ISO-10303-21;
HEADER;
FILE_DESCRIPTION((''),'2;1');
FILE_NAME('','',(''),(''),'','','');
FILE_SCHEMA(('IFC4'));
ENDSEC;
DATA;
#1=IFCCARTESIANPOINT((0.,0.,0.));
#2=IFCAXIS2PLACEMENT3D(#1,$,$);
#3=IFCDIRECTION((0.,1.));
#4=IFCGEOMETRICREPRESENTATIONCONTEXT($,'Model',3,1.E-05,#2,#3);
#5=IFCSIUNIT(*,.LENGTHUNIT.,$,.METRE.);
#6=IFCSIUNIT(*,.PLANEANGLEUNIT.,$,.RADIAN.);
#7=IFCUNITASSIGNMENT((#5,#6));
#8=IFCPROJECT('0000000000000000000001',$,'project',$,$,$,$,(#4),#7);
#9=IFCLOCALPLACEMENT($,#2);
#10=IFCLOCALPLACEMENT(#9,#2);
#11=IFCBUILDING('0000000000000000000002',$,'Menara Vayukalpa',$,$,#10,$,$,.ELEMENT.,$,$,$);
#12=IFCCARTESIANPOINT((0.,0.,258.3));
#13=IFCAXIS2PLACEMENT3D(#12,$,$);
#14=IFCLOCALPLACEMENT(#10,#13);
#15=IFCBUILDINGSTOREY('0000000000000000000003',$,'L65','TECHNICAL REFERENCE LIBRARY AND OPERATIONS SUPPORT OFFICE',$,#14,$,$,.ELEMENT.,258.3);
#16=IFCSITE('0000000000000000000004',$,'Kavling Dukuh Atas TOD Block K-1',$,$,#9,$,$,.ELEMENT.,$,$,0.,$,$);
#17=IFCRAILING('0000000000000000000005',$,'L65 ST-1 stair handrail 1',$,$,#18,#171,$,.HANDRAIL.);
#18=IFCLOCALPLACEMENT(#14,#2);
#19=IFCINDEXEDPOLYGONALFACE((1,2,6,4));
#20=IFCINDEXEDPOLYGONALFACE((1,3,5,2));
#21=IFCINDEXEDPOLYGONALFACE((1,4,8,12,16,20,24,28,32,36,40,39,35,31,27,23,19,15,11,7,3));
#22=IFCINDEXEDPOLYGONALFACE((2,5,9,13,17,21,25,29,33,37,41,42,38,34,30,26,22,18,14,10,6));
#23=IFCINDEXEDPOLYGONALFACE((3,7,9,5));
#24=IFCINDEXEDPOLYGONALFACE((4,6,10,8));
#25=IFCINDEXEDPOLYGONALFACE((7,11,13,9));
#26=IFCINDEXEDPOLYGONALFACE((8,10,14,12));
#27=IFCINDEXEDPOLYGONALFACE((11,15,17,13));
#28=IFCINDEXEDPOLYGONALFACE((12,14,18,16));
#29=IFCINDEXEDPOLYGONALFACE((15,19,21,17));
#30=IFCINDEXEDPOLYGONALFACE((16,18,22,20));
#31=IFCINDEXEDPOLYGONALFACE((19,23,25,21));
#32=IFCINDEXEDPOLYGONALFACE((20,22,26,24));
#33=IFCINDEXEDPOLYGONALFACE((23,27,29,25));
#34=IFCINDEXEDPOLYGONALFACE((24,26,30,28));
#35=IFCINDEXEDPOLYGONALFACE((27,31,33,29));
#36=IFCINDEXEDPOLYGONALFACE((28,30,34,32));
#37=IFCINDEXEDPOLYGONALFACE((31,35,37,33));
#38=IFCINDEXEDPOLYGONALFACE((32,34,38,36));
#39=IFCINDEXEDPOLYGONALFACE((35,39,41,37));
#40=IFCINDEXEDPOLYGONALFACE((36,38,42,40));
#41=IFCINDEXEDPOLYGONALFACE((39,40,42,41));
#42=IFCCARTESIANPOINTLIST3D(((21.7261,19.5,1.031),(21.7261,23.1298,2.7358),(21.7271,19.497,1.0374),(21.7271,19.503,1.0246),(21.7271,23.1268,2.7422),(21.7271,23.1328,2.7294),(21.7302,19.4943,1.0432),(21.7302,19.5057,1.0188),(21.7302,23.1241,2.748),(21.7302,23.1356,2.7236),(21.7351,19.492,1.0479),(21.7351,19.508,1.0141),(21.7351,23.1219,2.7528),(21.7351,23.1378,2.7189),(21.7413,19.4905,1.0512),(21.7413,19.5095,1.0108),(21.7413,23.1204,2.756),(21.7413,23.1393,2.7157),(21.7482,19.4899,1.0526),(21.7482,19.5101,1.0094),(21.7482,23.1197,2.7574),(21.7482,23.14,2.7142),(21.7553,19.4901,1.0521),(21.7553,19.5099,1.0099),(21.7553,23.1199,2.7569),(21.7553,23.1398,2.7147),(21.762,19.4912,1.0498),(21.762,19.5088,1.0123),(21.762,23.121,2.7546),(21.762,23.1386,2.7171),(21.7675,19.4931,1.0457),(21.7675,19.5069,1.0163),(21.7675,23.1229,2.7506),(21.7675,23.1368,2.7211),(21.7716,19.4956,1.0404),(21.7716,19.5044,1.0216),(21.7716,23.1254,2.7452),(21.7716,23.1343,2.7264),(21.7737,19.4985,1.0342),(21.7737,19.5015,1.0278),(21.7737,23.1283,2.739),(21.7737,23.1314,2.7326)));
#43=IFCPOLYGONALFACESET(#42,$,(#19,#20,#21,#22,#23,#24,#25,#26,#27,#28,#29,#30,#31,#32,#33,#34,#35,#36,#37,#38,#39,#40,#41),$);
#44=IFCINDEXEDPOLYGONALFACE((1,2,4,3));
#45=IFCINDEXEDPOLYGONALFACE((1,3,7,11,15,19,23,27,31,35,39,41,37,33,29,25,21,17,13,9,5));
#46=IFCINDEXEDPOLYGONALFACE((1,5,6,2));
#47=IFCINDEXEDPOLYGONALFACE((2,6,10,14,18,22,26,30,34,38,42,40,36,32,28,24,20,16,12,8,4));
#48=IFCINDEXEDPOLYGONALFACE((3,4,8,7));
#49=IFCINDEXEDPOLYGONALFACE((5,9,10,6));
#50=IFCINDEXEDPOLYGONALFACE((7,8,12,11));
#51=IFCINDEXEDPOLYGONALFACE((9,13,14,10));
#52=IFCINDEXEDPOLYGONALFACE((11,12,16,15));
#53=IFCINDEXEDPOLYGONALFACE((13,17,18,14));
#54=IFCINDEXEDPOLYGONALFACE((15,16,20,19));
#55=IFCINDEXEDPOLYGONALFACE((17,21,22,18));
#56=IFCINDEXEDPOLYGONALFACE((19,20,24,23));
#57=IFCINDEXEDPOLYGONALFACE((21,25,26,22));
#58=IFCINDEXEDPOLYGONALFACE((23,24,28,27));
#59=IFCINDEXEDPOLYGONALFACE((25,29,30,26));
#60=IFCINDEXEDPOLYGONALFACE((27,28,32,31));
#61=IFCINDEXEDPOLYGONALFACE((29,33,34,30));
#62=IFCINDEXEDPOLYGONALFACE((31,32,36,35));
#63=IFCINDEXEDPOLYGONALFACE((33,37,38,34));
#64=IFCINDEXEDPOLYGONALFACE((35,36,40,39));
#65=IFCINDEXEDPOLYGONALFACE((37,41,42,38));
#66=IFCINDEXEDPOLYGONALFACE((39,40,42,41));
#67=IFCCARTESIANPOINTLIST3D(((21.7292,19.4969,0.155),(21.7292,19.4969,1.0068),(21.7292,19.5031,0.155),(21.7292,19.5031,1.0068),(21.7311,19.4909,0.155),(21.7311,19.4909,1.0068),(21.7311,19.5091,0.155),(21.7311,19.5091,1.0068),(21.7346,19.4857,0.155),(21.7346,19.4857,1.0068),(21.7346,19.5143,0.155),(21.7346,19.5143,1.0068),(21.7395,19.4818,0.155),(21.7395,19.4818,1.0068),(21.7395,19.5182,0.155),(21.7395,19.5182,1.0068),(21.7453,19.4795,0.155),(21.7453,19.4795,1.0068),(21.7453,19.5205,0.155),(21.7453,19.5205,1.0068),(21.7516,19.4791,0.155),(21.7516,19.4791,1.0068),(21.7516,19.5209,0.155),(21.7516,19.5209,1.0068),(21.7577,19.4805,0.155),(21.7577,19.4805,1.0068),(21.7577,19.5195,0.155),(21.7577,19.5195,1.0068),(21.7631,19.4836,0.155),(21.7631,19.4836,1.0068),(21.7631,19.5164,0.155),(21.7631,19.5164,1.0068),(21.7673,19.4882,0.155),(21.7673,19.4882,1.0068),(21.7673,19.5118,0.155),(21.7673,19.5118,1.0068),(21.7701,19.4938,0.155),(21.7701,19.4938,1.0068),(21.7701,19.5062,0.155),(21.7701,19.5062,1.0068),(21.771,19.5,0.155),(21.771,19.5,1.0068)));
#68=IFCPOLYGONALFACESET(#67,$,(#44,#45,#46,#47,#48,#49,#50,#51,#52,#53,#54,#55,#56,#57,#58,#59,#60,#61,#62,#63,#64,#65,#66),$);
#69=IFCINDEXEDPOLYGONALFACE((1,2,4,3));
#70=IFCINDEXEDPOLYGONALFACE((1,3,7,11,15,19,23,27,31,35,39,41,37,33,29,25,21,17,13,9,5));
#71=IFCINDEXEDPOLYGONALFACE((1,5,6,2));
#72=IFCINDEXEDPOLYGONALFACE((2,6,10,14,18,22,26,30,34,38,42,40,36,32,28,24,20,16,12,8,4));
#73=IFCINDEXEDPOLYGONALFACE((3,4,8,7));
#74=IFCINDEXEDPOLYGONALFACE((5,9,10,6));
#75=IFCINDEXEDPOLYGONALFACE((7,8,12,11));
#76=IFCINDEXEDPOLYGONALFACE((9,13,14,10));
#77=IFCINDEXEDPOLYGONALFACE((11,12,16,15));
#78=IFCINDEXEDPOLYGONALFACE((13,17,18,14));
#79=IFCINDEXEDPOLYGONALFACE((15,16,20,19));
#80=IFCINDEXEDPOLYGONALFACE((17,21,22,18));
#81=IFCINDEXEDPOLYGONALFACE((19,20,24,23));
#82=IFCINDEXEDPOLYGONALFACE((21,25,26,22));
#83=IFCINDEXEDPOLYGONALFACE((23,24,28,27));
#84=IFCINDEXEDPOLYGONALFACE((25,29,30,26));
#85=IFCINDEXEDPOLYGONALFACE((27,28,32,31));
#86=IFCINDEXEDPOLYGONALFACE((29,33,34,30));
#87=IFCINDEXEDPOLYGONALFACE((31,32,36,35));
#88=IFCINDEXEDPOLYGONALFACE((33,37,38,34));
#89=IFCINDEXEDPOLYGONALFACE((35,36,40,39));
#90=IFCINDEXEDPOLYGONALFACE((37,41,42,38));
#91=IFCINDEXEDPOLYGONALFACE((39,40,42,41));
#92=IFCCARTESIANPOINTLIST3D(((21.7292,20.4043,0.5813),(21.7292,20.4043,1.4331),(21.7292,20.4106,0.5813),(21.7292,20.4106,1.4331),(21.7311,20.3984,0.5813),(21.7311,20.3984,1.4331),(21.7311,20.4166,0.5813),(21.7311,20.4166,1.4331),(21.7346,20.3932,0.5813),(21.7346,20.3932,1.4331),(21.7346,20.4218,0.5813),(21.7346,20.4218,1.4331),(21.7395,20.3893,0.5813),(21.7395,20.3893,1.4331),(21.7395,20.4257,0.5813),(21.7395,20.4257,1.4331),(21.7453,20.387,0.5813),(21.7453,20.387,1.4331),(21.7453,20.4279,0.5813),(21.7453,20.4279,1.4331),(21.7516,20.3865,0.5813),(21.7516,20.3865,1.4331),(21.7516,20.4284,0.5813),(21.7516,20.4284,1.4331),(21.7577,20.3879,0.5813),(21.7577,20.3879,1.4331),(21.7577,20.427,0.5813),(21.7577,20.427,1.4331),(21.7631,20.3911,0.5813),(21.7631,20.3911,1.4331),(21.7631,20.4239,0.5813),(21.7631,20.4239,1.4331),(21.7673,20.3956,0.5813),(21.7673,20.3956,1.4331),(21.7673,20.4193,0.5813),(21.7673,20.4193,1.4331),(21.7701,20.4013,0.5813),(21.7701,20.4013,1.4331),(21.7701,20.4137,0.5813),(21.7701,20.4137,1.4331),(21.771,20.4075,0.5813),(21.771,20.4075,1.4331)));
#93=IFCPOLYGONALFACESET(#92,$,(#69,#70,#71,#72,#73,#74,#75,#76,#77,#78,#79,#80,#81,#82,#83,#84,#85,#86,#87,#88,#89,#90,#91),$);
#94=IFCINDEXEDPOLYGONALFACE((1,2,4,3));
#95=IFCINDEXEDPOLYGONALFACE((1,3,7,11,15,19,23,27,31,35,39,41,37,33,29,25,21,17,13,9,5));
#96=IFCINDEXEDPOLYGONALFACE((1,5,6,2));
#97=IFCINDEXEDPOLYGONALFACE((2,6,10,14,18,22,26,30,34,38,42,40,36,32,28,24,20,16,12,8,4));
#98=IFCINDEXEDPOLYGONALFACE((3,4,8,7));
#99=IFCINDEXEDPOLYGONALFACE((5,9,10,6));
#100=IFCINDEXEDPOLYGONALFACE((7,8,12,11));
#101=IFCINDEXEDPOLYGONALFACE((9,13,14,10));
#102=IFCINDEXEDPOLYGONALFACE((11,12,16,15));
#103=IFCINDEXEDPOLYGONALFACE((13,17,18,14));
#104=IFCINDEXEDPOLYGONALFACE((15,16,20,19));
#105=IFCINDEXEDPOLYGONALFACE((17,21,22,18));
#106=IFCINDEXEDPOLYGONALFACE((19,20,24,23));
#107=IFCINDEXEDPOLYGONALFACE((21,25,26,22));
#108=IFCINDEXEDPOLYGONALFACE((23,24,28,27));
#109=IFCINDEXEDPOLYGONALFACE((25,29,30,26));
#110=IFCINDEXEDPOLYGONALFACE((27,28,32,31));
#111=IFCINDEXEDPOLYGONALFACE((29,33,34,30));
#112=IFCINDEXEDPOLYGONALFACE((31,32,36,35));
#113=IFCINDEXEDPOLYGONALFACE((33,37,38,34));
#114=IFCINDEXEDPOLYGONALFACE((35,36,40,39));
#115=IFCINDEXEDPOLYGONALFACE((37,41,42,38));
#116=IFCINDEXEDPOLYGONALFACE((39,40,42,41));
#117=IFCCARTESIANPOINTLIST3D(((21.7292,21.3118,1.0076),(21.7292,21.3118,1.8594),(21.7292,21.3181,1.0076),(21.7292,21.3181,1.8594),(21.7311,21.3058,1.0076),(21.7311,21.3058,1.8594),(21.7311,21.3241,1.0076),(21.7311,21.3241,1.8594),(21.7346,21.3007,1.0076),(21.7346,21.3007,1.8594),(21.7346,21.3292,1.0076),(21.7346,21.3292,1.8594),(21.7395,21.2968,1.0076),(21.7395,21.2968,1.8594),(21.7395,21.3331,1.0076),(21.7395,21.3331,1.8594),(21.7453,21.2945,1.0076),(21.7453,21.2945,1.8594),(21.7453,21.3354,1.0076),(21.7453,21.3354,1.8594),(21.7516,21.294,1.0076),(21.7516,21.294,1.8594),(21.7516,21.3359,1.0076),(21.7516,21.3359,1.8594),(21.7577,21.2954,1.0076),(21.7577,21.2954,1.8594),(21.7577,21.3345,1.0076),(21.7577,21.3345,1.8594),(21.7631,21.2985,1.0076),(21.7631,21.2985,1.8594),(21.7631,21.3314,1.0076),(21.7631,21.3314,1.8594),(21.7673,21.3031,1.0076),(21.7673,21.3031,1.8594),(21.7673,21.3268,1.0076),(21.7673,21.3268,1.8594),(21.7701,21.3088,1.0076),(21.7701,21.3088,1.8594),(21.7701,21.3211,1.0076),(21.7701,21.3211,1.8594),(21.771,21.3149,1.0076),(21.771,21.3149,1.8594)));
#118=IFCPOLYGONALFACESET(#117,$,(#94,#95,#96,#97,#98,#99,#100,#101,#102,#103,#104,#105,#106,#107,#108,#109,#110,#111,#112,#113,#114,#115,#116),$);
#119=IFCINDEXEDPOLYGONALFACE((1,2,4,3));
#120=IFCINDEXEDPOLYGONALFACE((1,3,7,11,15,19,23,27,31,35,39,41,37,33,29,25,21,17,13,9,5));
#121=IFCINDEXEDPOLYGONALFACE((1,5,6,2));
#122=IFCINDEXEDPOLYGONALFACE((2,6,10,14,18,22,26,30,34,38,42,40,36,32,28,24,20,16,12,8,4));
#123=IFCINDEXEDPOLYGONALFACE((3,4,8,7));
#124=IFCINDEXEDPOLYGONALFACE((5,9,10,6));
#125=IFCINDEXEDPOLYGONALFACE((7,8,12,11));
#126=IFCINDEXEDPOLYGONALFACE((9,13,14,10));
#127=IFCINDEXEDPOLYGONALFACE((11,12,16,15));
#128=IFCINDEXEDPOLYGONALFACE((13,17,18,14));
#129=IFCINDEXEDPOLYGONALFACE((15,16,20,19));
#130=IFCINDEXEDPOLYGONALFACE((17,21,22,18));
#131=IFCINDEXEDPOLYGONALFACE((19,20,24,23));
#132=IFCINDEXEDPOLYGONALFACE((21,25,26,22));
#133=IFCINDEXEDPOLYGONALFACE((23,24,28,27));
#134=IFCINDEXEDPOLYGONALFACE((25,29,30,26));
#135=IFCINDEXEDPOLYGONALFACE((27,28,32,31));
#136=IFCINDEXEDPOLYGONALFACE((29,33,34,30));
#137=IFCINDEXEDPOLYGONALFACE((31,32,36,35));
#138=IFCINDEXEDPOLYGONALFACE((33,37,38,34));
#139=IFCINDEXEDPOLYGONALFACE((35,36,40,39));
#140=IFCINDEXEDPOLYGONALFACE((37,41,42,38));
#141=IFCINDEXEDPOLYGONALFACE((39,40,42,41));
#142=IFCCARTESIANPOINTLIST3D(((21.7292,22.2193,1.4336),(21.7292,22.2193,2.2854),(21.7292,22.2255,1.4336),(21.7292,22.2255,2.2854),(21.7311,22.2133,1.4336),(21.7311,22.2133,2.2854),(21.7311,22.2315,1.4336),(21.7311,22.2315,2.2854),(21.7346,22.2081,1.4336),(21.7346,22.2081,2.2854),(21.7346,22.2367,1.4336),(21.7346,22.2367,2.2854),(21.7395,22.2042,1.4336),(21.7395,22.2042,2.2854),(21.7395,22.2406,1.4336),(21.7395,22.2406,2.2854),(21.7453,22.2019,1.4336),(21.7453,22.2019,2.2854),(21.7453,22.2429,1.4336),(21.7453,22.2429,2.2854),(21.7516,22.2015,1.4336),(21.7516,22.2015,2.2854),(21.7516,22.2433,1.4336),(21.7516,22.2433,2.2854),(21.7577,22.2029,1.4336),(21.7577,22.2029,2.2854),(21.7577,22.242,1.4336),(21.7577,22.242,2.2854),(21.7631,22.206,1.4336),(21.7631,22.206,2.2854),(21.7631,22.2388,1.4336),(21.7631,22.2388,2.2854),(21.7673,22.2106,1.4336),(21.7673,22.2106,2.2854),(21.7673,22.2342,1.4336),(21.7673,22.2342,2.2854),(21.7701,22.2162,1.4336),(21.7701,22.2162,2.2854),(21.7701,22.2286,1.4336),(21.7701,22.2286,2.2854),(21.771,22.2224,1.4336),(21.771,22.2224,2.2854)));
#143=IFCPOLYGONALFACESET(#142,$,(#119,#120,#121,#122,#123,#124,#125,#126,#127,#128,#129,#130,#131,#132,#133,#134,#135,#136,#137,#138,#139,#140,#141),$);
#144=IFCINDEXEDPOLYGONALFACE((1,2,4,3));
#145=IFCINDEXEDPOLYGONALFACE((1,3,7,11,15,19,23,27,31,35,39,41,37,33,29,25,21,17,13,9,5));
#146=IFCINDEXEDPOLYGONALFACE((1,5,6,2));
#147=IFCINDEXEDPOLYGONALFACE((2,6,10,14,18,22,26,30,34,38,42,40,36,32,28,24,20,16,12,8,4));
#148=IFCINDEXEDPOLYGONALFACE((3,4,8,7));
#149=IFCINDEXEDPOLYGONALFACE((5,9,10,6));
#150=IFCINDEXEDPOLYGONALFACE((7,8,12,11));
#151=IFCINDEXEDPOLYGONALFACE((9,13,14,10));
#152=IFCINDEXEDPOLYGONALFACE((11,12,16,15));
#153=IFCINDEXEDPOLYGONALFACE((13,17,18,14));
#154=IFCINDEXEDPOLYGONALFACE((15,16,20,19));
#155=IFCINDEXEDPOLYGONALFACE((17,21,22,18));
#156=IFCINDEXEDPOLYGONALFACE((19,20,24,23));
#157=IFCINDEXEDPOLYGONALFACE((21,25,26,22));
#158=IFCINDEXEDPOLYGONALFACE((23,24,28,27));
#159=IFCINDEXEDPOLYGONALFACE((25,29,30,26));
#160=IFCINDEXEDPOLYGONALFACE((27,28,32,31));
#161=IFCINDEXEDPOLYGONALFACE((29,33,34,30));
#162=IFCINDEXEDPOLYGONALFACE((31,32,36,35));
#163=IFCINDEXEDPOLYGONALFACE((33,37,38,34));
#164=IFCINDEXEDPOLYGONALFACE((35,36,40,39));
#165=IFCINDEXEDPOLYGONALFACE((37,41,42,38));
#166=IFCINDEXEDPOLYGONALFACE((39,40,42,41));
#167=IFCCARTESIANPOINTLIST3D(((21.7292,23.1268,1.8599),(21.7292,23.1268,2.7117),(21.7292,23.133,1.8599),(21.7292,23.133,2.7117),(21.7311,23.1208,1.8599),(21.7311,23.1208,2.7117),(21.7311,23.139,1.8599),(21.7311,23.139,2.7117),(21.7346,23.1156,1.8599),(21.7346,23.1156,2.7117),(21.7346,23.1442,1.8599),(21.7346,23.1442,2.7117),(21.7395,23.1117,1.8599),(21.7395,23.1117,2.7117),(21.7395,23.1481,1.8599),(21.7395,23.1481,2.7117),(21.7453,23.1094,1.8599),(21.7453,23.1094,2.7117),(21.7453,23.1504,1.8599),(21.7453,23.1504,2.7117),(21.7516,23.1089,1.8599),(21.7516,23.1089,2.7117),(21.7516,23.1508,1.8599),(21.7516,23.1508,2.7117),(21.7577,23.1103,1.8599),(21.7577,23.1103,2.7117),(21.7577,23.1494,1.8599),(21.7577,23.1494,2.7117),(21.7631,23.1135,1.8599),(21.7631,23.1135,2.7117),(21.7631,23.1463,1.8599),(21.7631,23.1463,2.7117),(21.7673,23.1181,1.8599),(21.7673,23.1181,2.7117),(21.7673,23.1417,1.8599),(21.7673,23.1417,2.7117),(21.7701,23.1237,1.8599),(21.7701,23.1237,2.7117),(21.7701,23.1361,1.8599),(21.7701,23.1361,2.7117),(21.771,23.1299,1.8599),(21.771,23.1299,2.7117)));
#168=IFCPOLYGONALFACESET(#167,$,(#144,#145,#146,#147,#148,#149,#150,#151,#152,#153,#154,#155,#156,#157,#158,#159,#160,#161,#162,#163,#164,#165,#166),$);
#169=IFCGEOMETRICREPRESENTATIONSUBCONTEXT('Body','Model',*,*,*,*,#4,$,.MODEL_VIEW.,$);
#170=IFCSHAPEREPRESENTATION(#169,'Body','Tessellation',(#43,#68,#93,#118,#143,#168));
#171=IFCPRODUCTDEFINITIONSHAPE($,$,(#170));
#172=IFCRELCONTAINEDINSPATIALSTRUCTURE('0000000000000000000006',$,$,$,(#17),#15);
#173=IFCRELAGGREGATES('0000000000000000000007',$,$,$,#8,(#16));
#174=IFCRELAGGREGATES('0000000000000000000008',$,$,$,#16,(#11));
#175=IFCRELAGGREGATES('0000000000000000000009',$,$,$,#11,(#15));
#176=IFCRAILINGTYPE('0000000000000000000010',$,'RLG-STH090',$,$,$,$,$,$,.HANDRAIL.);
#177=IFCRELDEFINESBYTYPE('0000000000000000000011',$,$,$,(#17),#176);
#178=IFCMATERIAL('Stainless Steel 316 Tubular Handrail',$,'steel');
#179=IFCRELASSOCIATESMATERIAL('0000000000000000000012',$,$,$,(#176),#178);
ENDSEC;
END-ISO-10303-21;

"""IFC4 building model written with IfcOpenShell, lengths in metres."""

from ifc_helpers import new_model, si_unit, direction, frame, origin, origin_2d, place, context, subcontext, project, spatial, circle, extrude, material, type_object, element, save


model = new_model("IFC4")

# Units and contexts
model_context = context("Model", 3, precision=1e-05, world=origin(), true_north=direction((0.0, 1.0)))
body_context = subcontext(model_context, "Body", "Model", "MODEL_VIEW")
ifc_project = project(units=[si_unit("LENGTHUNIT", "METRE"), si_unit("PLANEANGLEUNIT", "RADIAN")], contexts=[model_context])

# Site, building, storey
site_placement = place(None, origin())
site = spatial("IfcSite", under=ifc_project, at=site_placement, Name="Kavling Dukuh Atas TOD Block K-1", CompositionType="ELEMENT", RefElevation=0.0)
building_placement = place(site_placement, origin())
building = spatial("IfcBuilding", under=site, at=building_placement, Name="Menara Vayukalpa", CompositionType="ELEMENT")
storey_placement = place(building_placement, frame((0.0, 0.0, 258.3)))
storey = spatial("IfcBuildingStorey", under=building, at=storey_placement, Name="L65", Description="TECHNICAL REFERENCE LIBRARY AND OPERATIONS SUPPORT OFFICE", CompositionType="ELEMENT", Elevation=258.3)

# Railing
ifc_material_1 = material(Name="Stainless Steel 316 Tubular Handrail", Category="steel")
railing_type_1 = type_object("IfcRailingType", Name="RLG-STH090", PredefinedType="HANDRAIL", material=ifc_material_1)
railing_1_placement = place(storey_placement, frame((21.75, 19.5, 0.155)))
element("IfcRailing", 1, at=railing_1_placement, inside=storey, type_object=railing_type_1, Name="L65 ST-1 stair handrail 1", PredefinedType="HANDRAIL", context=body_context, shape_type="SweptSolid", body=[
    extrude(circle(Radius=0.0239, at=origin_2d()), frame((0.0, 0.0, 0.876), z_axis=(0.0, 0.90514, 0.425114), x_axis=(-1.0, 0.0, 0.0)), (0.0, 0.0, 1.0), 4.0103),
    extrude(circle(Radius=0.021, at=origin_2d()), origin(), (0.0, 0.0, 1.0), 0.8518),
    extrude(circle(Radius=0.021, at=origin_2d()), frame((0.0, 0.9075, 0.4263)), (0.0, 0.0, 1.0), 0.8518),
    extrude(circle(Radius=0.021, at=origin_2d()), frame((0.0, 1.8149, 0.8525)), (0.0, 0.0, 1.0), 0.8518),
    extrude(circle(Radius=0.021, at=origin_2d()), frame((0.0, 2.7224, 1.2786)), (0.0, 0.0, 1.0), 0.8518),
    extrude(circle(Radius=0.021, at=origin_2d()), frame((0.0, 3.6299, 1.7048)), (0.0, 0.0, 1.0), 0.8518),
])

save(model, "model.ifc")
